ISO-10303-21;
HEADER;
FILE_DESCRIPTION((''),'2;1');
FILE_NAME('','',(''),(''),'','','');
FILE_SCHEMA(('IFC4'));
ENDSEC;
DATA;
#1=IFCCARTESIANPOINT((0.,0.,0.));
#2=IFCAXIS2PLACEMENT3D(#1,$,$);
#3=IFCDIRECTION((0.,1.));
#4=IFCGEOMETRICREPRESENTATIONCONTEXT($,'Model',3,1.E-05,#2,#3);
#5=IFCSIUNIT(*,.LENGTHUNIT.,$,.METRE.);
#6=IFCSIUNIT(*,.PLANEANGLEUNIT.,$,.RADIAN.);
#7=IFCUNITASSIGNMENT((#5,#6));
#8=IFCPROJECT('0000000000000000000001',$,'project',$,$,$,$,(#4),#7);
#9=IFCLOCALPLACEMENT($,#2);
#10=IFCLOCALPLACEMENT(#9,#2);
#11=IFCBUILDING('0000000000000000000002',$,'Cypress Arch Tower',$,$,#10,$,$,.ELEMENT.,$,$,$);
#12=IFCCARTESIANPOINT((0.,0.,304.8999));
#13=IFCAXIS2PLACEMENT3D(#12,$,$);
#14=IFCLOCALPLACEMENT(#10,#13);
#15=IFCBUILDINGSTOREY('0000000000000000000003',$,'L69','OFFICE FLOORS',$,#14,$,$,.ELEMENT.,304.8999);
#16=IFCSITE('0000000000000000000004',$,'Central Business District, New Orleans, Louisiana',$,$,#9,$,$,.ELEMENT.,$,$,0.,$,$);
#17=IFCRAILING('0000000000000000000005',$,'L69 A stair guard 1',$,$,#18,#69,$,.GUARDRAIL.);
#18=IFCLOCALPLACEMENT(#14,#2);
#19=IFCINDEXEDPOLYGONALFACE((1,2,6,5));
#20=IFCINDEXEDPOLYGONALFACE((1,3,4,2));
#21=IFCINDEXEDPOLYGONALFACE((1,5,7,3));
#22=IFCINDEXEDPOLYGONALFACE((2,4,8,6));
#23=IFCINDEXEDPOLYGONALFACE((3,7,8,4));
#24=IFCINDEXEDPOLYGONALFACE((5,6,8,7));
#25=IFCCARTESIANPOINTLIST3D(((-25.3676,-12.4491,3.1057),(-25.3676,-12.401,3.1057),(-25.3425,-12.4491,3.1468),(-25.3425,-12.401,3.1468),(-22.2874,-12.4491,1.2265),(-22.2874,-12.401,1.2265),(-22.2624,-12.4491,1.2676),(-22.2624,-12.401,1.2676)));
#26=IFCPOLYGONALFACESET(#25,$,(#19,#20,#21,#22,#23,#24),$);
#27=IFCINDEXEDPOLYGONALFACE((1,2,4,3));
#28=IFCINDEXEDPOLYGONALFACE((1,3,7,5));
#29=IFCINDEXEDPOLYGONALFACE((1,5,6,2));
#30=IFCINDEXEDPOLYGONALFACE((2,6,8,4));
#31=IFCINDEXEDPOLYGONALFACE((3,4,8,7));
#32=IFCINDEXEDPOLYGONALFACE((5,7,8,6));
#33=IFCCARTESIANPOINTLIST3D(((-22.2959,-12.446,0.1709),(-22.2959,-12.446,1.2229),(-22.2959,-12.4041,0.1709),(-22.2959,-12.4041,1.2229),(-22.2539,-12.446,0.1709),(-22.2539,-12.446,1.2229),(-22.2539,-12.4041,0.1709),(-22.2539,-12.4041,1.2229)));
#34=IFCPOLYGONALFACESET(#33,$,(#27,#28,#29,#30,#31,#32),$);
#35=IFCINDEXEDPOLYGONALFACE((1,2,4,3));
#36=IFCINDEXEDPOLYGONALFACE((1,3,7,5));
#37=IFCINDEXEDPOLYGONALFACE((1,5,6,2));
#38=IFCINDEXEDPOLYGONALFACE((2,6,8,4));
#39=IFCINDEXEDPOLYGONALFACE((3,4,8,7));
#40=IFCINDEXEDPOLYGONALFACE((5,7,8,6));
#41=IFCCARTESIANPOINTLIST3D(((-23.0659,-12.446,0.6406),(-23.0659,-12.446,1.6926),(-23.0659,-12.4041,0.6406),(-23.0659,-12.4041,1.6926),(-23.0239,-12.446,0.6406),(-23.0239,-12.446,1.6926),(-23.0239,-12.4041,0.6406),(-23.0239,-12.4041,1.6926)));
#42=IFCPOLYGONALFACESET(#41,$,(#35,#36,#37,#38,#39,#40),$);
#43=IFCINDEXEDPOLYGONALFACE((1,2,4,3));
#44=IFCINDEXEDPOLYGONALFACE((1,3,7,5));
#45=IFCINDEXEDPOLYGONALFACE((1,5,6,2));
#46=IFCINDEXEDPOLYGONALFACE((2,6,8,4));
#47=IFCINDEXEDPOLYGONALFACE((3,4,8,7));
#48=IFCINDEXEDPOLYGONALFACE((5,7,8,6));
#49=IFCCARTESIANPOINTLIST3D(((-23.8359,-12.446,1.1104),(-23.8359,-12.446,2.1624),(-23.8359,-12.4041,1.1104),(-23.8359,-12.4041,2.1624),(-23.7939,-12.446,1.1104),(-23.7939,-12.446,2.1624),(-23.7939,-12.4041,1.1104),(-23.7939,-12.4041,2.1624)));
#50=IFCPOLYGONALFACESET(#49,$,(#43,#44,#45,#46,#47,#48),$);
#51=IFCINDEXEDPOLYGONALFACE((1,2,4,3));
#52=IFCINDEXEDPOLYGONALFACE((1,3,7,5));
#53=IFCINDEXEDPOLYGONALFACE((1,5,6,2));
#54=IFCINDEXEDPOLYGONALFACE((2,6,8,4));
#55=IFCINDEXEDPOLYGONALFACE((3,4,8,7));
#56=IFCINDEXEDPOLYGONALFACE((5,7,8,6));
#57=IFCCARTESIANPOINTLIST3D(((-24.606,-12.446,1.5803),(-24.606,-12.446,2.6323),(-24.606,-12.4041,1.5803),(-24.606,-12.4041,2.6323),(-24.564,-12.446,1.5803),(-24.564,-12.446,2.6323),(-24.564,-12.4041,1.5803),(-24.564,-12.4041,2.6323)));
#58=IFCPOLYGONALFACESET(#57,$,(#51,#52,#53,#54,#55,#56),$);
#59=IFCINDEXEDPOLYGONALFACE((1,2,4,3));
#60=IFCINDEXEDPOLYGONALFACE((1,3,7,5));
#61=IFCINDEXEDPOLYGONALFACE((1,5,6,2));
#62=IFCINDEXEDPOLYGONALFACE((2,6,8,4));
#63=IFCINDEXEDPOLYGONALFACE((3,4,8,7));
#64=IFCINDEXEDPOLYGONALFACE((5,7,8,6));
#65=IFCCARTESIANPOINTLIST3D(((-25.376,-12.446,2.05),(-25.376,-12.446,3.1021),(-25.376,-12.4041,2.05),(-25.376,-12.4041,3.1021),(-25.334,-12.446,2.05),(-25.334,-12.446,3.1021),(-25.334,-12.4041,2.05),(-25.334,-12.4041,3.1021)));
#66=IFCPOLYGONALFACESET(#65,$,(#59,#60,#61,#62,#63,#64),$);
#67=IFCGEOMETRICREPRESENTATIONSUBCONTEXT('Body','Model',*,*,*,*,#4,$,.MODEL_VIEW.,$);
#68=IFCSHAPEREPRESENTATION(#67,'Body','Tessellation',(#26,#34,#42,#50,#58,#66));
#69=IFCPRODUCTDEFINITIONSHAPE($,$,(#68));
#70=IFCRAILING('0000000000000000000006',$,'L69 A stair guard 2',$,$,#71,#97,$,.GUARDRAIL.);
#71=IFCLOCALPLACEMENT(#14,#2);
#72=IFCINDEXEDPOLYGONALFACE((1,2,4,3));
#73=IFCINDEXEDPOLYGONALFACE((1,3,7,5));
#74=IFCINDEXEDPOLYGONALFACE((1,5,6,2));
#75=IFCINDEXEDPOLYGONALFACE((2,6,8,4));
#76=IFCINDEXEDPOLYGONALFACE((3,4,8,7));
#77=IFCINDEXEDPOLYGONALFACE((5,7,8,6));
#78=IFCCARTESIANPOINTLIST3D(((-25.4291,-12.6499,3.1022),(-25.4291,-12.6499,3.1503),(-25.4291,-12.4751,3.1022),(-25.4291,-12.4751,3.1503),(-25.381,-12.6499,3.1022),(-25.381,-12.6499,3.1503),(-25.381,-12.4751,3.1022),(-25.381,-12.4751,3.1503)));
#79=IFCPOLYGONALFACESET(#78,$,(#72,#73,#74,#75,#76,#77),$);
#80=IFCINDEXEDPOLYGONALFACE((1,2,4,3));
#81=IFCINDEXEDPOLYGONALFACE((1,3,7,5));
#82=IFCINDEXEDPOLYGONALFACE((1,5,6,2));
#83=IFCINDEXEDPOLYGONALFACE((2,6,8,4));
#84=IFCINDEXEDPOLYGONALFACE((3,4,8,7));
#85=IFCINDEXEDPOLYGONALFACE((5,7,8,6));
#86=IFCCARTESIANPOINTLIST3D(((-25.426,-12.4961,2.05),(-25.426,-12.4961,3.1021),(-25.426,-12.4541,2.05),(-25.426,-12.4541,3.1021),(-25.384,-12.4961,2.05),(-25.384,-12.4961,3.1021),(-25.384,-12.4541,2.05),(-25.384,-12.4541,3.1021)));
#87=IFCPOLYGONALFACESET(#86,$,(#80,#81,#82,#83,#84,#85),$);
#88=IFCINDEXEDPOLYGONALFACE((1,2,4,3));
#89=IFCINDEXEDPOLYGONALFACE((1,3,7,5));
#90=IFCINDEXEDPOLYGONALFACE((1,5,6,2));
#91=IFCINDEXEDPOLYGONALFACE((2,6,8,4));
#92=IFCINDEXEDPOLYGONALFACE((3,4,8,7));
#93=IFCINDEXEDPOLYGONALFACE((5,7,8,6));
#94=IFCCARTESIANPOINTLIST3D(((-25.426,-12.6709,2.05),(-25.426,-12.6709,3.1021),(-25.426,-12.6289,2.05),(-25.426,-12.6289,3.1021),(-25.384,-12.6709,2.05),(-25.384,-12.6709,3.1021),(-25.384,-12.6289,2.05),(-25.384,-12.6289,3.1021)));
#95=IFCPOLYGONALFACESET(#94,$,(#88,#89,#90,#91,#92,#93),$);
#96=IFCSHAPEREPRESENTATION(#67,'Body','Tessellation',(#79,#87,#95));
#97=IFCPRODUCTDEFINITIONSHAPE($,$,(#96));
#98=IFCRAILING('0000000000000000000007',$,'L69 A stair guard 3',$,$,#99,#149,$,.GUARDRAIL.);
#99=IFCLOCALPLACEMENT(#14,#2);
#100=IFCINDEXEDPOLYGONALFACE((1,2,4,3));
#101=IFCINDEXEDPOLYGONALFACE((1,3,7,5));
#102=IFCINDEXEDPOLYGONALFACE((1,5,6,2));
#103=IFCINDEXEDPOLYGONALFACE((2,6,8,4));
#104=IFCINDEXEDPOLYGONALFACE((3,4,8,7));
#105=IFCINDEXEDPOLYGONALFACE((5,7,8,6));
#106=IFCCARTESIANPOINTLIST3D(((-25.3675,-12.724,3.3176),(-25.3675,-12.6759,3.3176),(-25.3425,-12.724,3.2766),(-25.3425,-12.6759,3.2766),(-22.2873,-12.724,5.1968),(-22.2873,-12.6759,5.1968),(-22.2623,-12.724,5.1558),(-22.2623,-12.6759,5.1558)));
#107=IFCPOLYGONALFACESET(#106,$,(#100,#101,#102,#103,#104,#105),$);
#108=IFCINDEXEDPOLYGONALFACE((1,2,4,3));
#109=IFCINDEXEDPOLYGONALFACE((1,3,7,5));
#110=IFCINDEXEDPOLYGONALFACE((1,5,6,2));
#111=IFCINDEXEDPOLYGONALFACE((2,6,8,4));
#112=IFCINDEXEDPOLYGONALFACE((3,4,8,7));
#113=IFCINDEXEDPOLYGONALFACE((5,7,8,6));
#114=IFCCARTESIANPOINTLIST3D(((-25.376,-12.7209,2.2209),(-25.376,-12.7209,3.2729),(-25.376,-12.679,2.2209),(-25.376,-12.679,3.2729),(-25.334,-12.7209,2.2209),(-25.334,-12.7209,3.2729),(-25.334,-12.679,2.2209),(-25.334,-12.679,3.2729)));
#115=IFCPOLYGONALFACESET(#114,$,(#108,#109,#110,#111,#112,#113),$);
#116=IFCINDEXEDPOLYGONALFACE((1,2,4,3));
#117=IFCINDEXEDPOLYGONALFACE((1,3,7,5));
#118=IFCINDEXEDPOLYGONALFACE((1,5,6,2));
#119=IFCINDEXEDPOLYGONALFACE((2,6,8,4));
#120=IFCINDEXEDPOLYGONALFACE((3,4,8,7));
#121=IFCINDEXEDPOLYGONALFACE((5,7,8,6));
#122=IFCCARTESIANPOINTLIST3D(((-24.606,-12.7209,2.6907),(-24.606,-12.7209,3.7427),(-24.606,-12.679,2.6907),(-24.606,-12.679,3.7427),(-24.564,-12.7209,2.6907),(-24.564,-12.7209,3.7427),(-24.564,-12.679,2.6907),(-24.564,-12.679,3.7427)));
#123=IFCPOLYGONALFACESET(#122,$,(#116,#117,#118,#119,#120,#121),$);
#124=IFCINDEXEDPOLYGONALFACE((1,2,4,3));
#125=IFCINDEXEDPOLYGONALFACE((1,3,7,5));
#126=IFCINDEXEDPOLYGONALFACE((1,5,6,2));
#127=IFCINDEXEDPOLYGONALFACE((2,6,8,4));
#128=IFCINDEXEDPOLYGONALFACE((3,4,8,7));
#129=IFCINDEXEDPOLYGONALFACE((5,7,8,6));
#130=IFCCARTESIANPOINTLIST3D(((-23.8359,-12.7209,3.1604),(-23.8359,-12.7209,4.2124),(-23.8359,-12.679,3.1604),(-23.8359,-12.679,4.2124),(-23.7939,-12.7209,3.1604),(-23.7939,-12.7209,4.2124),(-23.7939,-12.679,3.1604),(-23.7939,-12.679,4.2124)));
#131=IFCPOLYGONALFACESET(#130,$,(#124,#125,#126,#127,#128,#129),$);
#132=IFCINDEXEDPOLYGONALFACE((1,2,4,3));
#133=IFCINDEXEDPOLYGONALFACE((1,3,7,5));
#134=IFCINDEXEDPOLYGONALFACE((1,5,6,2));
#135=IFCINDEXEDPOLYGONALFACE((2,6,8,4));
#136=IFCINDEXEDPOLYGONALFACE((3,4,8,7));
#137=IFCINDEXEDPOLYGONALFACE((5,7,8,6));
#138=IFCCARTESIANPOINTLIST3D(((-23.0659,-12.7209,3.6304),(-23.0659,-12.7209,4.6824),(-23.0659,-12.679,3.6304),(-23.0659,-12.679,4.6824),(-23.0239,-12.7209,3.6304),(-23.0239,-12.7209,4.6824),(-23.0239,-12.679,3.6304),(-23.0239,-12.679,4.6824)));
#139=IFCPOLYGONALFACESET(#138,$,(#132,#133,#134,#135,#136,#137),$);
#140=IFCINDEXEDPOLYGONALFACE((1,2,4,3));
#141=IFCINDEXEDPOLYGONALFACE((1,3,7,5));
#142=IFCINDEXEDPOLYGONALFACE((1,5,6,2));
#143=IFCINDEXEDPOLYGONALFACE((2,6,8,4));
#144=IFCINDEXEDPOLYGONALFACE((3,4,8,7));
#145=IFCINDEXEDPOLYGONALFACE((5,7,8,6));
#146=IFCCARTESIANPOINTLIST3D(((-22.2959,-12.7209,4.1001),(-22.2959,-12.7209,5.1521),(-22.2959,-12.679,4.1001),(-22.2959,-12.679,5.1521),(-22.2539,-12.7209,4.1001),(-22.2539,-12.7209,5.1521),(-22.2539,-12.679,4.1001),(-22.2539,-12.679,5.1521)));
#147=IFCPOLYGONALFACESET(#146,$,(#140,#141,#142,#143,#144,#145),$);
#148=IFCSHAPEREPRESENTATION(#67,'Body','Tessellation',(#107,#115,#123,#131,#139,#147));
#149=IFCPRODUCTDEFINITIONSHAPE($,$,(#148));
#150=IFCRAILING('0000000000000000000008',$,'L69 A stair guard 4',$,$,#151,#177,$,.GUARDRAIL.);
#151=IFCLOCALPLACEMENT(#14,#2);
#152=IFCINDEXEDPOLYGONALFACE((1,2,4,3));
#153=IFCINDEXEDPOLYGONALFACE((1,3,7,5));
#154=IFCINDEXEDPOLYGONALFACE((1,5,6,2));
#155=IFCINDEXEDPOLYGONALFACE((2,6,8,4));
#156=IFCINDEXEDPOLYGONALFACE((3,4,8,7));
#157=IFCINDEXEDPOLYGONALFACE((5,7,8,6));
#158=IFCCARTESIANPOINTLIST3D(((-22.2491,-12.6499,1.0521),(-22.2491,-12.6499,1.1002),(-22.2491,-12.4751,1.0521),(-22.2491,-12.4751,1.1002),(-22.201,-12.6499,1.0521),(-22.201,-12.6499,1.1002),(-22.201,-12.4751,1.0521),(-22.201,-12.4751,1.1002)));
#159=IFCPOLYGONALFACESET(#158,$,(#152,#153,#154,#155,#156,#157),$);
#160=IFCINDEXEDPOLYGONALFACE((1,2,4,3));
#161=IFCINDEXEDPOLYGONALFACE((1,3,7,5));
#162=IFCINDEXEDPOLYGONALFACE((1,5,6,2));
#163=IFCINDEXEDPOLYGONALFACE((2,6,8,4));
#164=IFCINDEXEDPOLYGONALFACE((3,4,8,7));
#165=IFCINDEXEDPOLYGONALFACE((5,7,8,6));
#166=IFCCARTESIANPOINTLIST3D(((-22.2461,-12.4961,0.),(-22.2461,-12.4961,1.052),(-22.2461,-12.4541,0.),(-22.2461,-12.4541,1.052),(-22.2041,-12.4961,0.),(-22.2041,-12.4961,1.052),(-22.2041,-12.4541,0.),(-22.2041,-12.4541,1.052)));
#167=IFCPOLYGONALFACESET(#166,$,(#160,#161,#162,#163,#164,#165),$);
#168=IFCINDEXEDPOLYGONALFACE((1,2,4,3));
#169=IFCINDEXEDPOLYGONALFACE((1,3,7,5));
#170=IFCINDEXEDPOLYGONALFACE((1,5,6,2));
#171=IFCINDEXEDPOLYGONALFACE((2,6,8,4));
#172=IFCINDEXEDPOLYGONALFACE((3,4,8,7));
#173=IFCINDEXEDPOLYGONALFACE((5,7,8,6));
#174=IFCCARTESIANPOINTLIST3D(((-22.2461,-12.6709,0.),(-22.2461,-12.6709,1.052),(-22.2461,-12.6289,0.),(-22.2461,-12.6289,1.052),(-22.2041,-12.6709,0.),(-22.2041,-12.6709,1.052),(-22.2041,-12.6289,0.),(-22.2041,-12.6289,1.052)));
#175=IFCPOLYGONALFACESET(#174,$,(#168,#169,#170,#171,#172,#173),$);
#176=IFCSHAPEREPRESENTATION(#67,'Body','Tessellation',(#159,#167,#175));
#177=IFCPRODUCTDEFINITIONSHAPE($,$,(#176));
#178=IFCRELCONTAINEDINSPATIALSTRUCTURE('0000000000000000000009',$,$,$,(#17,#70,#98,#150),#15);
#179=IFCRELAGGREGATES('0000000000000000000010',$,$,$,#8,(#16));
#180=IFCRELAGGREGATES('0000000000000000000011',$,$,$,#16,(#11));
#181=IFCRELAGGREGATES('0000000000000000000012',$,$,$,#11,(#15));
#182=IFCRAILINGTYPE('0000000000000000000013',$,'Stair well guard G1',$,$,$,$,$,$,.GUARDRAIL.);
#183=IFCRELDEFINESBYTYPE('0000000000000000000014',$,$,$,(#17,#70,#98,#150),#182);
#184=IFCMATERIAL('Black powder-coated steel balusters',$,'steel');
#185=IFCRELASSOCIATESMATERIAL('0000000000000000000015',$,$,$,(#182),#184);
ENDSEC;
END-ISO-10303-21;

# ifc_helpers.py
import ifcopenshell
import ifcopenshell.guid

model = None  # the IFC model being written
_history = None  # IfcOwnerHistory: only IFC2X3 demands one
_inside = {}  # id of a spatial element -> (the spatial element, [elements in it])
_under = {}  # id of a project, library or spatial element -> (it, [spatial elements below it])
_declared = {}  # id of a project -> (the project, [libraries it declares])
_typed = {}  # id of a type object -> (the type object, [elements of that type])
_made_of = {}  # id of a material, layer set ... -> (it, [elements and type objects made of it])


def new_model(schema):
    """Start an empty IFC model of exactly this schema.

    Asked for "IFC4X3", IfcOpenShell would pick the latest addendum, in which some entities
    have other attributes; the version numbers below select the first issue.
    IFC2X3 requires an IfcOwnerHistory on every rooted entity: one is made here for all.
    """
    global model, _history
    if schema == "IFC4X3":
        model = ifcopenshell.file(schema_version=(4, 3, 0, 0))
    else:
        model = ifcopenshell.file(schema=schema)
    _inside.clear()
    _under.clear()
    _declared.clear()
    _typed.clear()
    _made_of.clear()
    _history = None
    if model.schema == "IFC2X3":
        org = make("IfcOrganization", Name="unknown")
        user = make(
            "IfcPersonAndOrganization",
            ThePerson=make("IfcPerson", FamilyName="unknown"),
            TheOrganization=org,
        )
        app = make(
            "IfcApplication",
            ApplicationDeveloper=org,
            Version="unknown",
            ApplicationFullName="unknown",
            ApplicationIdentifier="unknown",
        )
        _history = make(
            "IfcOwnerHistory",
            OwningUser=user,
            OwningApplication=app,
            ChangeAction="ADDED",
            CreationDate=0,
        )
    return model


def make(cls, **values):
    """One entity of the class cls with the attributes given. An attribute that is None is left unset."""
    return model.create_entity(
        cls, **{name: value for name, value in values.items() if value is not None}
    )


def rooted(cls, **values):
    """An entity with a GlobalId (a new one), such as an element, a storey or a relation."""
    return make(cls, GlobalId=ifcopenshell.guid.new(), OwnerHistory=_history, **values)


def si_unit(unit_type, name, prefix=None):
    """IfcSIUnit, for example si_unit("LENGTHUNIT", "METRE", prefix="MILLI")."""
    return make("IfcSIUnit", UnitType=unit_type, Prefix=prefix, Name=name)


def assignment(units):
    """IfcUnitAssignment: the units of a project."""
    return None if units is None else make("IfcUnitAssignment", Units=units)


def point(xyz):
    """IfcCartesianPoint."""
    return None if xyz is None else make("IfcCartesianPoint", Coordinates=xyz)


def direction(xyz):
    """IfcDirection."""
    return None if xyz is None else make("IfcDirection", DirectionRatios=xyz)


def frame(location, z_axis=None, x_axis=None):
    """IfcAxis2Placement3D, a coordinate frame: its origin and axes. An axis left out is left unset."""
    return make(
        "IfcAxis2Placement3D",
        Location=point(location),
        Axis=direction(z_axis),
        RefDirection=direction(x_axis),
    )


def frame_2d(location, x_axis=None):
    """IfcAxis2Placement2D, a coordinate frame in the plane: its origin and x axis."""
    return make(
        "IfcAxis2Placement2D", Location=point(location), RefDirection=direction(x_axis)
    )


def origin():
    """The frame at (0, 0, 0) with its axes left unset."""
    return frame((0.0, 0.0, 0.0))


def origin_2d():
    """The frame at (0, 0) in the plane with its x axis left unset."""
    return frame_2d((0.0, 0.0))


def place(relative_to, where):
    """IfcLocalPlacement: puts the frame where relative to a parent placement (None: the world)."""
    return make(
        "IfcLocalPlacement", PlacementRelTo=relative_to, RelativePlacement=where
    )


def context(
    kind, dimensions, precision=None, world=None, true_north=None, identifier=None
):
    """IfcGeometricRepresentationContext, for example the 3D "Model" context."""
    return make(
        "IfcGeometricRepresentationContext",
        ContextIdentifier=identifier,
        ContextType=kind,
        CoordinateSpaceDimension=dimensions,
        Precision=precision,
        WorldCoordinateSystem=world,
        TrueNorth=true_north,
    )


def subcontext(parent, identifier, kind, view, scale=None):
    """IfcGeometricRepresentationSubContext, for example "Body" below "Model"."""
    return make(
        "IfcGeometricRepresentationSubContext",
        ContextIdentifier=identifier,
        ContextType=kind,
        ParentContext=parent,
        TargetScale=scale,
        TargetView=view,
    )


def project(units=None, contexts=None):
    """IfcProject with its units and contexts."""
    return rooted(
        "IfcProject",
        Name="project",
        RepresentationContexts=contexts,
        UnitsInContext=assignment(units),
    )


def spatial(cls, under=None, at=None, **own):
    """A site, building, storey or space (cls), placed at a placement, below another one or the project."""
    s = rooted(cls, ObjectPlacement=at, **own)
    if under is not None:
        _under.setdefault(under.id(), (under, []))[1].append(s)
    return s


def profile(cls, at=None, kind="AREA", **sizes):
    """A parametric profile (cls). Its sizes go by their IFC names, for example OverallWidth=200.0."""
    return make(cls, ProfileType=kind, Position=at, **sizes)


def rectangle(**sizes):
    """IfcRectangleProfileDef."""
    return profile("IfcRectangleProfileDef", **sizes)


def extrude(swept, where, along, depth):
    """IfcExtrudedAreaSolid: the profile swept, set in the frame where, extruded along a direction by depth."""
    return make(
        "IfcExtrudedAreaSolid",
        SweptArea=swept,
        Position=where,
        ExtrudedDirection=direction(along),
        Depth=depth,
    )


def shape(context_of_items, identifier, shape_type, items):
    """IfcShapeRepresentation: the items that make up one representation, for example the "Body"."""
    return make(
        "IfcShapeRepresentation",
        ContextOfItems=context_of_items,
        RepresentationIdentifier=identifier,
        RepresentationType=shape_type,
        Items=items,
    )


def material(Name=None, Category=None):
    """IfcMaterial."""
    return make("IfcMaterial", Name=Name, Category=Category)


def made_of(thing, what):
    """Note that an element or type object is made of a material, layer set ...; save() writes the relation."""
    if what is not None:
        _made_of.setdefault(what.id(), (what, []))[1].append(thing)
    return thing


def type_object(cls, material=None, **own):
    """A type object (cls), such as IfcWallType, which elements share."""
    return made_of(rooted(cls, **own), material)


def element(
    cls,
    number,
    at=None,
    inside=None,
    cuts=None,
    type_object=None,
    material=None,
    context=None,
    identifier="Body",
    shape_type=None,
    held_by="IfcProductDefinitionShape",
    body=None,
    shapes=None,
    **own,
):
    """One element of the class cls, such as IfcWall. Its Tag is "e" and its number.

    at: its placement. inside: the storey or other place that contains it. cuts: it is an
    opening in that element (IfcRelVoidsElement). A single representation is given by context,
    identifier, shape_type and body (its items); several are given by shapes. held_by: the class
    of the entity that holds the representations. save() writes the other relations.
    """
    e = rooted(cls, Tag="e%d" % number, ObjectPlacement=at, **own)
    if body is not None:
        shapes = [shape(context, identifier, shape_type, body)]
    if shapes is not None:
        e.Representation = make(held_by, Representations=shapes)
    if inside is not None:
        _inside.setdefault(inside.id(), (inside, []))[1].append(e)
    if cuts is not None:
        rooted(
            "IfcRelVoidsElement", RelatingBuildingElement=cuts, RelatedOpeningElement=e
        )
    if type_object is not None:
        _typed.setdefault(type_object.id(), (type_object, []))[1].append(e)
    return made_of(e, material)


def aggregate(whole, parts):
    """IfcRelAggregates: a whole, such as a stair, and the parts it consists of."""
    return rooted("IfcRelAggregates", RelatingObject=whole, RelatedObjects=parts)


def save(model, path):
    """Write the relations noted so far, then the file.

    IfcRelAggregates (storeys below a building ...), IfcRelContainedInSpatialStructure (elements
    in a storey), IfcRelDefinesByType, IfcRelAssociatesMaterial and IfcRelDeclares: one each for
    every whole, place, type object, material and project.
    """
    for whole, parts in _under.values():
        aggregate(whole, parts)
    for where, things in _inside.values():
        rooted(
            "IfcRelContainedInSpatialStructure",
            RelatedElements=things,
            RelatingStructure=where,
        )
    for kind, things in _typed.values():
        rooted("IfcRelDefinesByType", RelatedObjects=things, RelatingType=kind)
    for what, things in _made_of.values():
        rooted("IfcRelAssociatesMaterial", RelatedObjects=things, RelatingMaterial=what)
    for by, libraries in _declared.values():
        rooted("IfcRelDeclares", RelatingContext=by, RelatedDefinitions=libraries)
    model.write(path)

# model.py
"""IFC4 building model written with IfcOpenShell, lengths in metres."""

from ifc_helpers import new_model, si_unit, direction, frame, origin, origin_2d, place, context, subcontext, project, spatial, rectangle, extrude, material, type_object, element, save


model = new_model("IFC4")

# Units and contexts
model_context = context("Model", 3, precision=1e-05, world=origin(), true_north=direction((0.0, 1.0)))
body_context = subcontext(model_context, "Body", "Model", "MODEL_VIEW")
ifc_project = project(units=[si_unit("LENGTHUNIT", "METRE"), si_unit("PLANEANGLEUNIT", "RADIAN")], contexts=[model_context])

# Site, building, storey
site_placement = place(None, origin())
site = spatial("IfcSite", under=ifc_project, at=site_placement, Name="Central Business District, New Orleans, Louisiana", CompositionType="ELEMENT", RefElevation=0.0)
building_placement = place(site_placement, origin())
building = spatial("IfcBuilding", under=site, at=building_placement, Name="Cypress Arch Tower", CompositionType="ELEMENT")
storey_placement = place(building_placement, frame((0.0, 0.0, 304.8999)))
storey = spatial("IfcBuildingStorey", under=building, at=storey_placement, Name="L69", Description="OFFICE FLOORS", CompositionType="ELEMENT", Elevation=304.8999)

# Railings
ifc_material_1 = material(Name="Black powder-coated steel balusters", Category="steel")
railing_type_1 = type_object("IfcRailingType", Name="Stair well guard G1", PredefinedType="GUARDRAIL", material=ifc_material_1)
railing_1_placement = place(storey_placement, frame((-22.2749, -12.425, 0.1709)))
element("IfcRailing", 1, at=railing_1_placement, inside=storey, type_object=railing_type_1, Name="L69 A stair guard 1", PredefinedType="GUARDRAIL", context=body_context, shape_type="SweptSolid", body=[
    extrude(rectangle(XDim=0.0481, YDim=0.0481, at=origin_2d()), frame((0.0, 0.0, 1.0762), z_axis=(-0.853666, 0.0, 0.52082), x_axis=(0.0, -1.0, 0.0)), (0.0, 0.0, 1.0), 3.6082),
    extrude(rectangle(XDim=0.042, YDim=0.042, at=origin_2d()), origin(), (0.0, 0.0, 1.0), 1.052),
    extrude(rectangle(XDim=0.042, YDim=0.042, at=origin_2d()), frame((-0.77, 0.0, 0.4697)), (0.0, 0.0, 1.0), 1.052),
    extrude(rectangle(XDim=0.042, YDim=0.042, at=origin_2d()), frame((-1.54, 0.0, 0.9395)), (0.0, 0.0, 1.0), 1.052),
    extrude(rectangle(XDim=0.042, YDim=0.042, at=origin_2d()), frame((-2.3101, 0.0, 1.4094)), (0.0, 0.0, 1.0), 1.052),
    extrude(rectangle(XDim=0.042, YDim=0.042, at=origin_2d()), frame((-3.0801, 0.0, 1.8792)), (0.0, 0.0, 1.0), 1.052),
])
railing_2_placement = place(storey_placement, frame((-25.405, -12.4751, 2.05)))
element("IfcRailing", 2, at=railing_2_placement, inside=storey, type_object=railing_type_1, Name="L69 A stair guard 2", PredefinedType="GUARDRAIL", context=body_context, shape_type="SweptSolid", body=[
    extrude(rectangle(XDim=0.0481, YDim=0.0481, at=origin_2d()), frame((0.0, 0.0, 1.0762), z_axis=(0.0, -1.0, 0.0), x_axis=(1.0, 0.0, 0.0)), (0.0, 0.0, 1.0), 0.1748),
    extrude(rectangle(XDim=0.042, YDim=0.042, at=origin_2d()), origin(), (0.0, 0.0, 1.0), 1.052),
    extrude(rectangle(XDim=0.042, YDim=0.042, at=origin_2d()), frame((0.0, -0.1748, 0.0)), (0.0, 0.0, 1.0), 1.052),
])
railing_3_placement = place(storey_placement, frame((-25.355, -12.7, 2.2209)))
element("IfcRailing", 3, at=railing_3_placement, inside=storey, type_object=railing_type_1, Name="L69 A stair guard 3", PredefinedType="GUARDRAIL", context=body_context, shape_type="SweptSolid", body=[
    extrude(rectangle(XDim=0.0481, YDim=0.0481, at=origin_2d()), frame((0.0, 0.0, 1.0762), z_axis=(0.853666, 0.0, 0.52082), x_axis=(0.0, 1.0, 0.0)), (0.0, 0.0, 1.0), 3.6082),
    extrude(rectangle(XDim=0.042, YDim=0.042, at=origin_2d()), origin(), (0.0, 0.0, 1.0), 1.052),
    extrude(rectangle(XDim=0.042, YDim=0.042, at=origin_2d()), frame((0.77, 0.0, 0.4697)), (0.0, 0.0, 1.0), 1.052),
    extrude(rectangle(XDim=0.042, YDim=0.042, at=origin_2d()), frame((1.54, 0.0, 0.9395)), (0.0, 0.0, 1.0), 1.052),
    extrude(rectangle(XDim=0.042, YDim=0.042, at=origin_2d()), frame((2.3101, 0.0, 1.4094)), (0.0, 0.0, 1.0), 1.052),
    extrude(rectangle(XDim=0.042, YDim=0.042, at=origin_2d()), frame((3.0801, 0.0, 1.8792)), (0.0, 0.0, 1.0), 1.052),
])
railing_4_placement = place(storey_placement, frame((-22.2251, -12.4751, 0.0)))
element("IfcRailing", 4, at=railing_4_placement, inside=storey, type_object=railing_type_1, Name="L69 A stair guard 4", PredefinedType="GUARDRAIL", context=body_context, shape_type="SweptSolid", body=[
    extrude(rectangle(XDim=0.0481, YDim=0.0481, at=origin_2d()), frame((0.0, 0.0, 1.0762), z_axis=(0.0, -1.0, 0.0), x_axis=(1.0, 0.0, 0.0)), (0.0, 0.0, 1.0), 0.1748),
    extrude(rectangle(XDim=0.042, YDim=0.042, at=origin_2d()), origin(), (0.0, 0.0, 1.0), 1.052),
    extrude(rectangle(XDim=0.042, YDim=0.042, at=origin_2d()), frame((0.0, -0.1748, 0.0)), (0.0, 0.0, 1.0), 1.052),
])

save(model, "model.ifc")
